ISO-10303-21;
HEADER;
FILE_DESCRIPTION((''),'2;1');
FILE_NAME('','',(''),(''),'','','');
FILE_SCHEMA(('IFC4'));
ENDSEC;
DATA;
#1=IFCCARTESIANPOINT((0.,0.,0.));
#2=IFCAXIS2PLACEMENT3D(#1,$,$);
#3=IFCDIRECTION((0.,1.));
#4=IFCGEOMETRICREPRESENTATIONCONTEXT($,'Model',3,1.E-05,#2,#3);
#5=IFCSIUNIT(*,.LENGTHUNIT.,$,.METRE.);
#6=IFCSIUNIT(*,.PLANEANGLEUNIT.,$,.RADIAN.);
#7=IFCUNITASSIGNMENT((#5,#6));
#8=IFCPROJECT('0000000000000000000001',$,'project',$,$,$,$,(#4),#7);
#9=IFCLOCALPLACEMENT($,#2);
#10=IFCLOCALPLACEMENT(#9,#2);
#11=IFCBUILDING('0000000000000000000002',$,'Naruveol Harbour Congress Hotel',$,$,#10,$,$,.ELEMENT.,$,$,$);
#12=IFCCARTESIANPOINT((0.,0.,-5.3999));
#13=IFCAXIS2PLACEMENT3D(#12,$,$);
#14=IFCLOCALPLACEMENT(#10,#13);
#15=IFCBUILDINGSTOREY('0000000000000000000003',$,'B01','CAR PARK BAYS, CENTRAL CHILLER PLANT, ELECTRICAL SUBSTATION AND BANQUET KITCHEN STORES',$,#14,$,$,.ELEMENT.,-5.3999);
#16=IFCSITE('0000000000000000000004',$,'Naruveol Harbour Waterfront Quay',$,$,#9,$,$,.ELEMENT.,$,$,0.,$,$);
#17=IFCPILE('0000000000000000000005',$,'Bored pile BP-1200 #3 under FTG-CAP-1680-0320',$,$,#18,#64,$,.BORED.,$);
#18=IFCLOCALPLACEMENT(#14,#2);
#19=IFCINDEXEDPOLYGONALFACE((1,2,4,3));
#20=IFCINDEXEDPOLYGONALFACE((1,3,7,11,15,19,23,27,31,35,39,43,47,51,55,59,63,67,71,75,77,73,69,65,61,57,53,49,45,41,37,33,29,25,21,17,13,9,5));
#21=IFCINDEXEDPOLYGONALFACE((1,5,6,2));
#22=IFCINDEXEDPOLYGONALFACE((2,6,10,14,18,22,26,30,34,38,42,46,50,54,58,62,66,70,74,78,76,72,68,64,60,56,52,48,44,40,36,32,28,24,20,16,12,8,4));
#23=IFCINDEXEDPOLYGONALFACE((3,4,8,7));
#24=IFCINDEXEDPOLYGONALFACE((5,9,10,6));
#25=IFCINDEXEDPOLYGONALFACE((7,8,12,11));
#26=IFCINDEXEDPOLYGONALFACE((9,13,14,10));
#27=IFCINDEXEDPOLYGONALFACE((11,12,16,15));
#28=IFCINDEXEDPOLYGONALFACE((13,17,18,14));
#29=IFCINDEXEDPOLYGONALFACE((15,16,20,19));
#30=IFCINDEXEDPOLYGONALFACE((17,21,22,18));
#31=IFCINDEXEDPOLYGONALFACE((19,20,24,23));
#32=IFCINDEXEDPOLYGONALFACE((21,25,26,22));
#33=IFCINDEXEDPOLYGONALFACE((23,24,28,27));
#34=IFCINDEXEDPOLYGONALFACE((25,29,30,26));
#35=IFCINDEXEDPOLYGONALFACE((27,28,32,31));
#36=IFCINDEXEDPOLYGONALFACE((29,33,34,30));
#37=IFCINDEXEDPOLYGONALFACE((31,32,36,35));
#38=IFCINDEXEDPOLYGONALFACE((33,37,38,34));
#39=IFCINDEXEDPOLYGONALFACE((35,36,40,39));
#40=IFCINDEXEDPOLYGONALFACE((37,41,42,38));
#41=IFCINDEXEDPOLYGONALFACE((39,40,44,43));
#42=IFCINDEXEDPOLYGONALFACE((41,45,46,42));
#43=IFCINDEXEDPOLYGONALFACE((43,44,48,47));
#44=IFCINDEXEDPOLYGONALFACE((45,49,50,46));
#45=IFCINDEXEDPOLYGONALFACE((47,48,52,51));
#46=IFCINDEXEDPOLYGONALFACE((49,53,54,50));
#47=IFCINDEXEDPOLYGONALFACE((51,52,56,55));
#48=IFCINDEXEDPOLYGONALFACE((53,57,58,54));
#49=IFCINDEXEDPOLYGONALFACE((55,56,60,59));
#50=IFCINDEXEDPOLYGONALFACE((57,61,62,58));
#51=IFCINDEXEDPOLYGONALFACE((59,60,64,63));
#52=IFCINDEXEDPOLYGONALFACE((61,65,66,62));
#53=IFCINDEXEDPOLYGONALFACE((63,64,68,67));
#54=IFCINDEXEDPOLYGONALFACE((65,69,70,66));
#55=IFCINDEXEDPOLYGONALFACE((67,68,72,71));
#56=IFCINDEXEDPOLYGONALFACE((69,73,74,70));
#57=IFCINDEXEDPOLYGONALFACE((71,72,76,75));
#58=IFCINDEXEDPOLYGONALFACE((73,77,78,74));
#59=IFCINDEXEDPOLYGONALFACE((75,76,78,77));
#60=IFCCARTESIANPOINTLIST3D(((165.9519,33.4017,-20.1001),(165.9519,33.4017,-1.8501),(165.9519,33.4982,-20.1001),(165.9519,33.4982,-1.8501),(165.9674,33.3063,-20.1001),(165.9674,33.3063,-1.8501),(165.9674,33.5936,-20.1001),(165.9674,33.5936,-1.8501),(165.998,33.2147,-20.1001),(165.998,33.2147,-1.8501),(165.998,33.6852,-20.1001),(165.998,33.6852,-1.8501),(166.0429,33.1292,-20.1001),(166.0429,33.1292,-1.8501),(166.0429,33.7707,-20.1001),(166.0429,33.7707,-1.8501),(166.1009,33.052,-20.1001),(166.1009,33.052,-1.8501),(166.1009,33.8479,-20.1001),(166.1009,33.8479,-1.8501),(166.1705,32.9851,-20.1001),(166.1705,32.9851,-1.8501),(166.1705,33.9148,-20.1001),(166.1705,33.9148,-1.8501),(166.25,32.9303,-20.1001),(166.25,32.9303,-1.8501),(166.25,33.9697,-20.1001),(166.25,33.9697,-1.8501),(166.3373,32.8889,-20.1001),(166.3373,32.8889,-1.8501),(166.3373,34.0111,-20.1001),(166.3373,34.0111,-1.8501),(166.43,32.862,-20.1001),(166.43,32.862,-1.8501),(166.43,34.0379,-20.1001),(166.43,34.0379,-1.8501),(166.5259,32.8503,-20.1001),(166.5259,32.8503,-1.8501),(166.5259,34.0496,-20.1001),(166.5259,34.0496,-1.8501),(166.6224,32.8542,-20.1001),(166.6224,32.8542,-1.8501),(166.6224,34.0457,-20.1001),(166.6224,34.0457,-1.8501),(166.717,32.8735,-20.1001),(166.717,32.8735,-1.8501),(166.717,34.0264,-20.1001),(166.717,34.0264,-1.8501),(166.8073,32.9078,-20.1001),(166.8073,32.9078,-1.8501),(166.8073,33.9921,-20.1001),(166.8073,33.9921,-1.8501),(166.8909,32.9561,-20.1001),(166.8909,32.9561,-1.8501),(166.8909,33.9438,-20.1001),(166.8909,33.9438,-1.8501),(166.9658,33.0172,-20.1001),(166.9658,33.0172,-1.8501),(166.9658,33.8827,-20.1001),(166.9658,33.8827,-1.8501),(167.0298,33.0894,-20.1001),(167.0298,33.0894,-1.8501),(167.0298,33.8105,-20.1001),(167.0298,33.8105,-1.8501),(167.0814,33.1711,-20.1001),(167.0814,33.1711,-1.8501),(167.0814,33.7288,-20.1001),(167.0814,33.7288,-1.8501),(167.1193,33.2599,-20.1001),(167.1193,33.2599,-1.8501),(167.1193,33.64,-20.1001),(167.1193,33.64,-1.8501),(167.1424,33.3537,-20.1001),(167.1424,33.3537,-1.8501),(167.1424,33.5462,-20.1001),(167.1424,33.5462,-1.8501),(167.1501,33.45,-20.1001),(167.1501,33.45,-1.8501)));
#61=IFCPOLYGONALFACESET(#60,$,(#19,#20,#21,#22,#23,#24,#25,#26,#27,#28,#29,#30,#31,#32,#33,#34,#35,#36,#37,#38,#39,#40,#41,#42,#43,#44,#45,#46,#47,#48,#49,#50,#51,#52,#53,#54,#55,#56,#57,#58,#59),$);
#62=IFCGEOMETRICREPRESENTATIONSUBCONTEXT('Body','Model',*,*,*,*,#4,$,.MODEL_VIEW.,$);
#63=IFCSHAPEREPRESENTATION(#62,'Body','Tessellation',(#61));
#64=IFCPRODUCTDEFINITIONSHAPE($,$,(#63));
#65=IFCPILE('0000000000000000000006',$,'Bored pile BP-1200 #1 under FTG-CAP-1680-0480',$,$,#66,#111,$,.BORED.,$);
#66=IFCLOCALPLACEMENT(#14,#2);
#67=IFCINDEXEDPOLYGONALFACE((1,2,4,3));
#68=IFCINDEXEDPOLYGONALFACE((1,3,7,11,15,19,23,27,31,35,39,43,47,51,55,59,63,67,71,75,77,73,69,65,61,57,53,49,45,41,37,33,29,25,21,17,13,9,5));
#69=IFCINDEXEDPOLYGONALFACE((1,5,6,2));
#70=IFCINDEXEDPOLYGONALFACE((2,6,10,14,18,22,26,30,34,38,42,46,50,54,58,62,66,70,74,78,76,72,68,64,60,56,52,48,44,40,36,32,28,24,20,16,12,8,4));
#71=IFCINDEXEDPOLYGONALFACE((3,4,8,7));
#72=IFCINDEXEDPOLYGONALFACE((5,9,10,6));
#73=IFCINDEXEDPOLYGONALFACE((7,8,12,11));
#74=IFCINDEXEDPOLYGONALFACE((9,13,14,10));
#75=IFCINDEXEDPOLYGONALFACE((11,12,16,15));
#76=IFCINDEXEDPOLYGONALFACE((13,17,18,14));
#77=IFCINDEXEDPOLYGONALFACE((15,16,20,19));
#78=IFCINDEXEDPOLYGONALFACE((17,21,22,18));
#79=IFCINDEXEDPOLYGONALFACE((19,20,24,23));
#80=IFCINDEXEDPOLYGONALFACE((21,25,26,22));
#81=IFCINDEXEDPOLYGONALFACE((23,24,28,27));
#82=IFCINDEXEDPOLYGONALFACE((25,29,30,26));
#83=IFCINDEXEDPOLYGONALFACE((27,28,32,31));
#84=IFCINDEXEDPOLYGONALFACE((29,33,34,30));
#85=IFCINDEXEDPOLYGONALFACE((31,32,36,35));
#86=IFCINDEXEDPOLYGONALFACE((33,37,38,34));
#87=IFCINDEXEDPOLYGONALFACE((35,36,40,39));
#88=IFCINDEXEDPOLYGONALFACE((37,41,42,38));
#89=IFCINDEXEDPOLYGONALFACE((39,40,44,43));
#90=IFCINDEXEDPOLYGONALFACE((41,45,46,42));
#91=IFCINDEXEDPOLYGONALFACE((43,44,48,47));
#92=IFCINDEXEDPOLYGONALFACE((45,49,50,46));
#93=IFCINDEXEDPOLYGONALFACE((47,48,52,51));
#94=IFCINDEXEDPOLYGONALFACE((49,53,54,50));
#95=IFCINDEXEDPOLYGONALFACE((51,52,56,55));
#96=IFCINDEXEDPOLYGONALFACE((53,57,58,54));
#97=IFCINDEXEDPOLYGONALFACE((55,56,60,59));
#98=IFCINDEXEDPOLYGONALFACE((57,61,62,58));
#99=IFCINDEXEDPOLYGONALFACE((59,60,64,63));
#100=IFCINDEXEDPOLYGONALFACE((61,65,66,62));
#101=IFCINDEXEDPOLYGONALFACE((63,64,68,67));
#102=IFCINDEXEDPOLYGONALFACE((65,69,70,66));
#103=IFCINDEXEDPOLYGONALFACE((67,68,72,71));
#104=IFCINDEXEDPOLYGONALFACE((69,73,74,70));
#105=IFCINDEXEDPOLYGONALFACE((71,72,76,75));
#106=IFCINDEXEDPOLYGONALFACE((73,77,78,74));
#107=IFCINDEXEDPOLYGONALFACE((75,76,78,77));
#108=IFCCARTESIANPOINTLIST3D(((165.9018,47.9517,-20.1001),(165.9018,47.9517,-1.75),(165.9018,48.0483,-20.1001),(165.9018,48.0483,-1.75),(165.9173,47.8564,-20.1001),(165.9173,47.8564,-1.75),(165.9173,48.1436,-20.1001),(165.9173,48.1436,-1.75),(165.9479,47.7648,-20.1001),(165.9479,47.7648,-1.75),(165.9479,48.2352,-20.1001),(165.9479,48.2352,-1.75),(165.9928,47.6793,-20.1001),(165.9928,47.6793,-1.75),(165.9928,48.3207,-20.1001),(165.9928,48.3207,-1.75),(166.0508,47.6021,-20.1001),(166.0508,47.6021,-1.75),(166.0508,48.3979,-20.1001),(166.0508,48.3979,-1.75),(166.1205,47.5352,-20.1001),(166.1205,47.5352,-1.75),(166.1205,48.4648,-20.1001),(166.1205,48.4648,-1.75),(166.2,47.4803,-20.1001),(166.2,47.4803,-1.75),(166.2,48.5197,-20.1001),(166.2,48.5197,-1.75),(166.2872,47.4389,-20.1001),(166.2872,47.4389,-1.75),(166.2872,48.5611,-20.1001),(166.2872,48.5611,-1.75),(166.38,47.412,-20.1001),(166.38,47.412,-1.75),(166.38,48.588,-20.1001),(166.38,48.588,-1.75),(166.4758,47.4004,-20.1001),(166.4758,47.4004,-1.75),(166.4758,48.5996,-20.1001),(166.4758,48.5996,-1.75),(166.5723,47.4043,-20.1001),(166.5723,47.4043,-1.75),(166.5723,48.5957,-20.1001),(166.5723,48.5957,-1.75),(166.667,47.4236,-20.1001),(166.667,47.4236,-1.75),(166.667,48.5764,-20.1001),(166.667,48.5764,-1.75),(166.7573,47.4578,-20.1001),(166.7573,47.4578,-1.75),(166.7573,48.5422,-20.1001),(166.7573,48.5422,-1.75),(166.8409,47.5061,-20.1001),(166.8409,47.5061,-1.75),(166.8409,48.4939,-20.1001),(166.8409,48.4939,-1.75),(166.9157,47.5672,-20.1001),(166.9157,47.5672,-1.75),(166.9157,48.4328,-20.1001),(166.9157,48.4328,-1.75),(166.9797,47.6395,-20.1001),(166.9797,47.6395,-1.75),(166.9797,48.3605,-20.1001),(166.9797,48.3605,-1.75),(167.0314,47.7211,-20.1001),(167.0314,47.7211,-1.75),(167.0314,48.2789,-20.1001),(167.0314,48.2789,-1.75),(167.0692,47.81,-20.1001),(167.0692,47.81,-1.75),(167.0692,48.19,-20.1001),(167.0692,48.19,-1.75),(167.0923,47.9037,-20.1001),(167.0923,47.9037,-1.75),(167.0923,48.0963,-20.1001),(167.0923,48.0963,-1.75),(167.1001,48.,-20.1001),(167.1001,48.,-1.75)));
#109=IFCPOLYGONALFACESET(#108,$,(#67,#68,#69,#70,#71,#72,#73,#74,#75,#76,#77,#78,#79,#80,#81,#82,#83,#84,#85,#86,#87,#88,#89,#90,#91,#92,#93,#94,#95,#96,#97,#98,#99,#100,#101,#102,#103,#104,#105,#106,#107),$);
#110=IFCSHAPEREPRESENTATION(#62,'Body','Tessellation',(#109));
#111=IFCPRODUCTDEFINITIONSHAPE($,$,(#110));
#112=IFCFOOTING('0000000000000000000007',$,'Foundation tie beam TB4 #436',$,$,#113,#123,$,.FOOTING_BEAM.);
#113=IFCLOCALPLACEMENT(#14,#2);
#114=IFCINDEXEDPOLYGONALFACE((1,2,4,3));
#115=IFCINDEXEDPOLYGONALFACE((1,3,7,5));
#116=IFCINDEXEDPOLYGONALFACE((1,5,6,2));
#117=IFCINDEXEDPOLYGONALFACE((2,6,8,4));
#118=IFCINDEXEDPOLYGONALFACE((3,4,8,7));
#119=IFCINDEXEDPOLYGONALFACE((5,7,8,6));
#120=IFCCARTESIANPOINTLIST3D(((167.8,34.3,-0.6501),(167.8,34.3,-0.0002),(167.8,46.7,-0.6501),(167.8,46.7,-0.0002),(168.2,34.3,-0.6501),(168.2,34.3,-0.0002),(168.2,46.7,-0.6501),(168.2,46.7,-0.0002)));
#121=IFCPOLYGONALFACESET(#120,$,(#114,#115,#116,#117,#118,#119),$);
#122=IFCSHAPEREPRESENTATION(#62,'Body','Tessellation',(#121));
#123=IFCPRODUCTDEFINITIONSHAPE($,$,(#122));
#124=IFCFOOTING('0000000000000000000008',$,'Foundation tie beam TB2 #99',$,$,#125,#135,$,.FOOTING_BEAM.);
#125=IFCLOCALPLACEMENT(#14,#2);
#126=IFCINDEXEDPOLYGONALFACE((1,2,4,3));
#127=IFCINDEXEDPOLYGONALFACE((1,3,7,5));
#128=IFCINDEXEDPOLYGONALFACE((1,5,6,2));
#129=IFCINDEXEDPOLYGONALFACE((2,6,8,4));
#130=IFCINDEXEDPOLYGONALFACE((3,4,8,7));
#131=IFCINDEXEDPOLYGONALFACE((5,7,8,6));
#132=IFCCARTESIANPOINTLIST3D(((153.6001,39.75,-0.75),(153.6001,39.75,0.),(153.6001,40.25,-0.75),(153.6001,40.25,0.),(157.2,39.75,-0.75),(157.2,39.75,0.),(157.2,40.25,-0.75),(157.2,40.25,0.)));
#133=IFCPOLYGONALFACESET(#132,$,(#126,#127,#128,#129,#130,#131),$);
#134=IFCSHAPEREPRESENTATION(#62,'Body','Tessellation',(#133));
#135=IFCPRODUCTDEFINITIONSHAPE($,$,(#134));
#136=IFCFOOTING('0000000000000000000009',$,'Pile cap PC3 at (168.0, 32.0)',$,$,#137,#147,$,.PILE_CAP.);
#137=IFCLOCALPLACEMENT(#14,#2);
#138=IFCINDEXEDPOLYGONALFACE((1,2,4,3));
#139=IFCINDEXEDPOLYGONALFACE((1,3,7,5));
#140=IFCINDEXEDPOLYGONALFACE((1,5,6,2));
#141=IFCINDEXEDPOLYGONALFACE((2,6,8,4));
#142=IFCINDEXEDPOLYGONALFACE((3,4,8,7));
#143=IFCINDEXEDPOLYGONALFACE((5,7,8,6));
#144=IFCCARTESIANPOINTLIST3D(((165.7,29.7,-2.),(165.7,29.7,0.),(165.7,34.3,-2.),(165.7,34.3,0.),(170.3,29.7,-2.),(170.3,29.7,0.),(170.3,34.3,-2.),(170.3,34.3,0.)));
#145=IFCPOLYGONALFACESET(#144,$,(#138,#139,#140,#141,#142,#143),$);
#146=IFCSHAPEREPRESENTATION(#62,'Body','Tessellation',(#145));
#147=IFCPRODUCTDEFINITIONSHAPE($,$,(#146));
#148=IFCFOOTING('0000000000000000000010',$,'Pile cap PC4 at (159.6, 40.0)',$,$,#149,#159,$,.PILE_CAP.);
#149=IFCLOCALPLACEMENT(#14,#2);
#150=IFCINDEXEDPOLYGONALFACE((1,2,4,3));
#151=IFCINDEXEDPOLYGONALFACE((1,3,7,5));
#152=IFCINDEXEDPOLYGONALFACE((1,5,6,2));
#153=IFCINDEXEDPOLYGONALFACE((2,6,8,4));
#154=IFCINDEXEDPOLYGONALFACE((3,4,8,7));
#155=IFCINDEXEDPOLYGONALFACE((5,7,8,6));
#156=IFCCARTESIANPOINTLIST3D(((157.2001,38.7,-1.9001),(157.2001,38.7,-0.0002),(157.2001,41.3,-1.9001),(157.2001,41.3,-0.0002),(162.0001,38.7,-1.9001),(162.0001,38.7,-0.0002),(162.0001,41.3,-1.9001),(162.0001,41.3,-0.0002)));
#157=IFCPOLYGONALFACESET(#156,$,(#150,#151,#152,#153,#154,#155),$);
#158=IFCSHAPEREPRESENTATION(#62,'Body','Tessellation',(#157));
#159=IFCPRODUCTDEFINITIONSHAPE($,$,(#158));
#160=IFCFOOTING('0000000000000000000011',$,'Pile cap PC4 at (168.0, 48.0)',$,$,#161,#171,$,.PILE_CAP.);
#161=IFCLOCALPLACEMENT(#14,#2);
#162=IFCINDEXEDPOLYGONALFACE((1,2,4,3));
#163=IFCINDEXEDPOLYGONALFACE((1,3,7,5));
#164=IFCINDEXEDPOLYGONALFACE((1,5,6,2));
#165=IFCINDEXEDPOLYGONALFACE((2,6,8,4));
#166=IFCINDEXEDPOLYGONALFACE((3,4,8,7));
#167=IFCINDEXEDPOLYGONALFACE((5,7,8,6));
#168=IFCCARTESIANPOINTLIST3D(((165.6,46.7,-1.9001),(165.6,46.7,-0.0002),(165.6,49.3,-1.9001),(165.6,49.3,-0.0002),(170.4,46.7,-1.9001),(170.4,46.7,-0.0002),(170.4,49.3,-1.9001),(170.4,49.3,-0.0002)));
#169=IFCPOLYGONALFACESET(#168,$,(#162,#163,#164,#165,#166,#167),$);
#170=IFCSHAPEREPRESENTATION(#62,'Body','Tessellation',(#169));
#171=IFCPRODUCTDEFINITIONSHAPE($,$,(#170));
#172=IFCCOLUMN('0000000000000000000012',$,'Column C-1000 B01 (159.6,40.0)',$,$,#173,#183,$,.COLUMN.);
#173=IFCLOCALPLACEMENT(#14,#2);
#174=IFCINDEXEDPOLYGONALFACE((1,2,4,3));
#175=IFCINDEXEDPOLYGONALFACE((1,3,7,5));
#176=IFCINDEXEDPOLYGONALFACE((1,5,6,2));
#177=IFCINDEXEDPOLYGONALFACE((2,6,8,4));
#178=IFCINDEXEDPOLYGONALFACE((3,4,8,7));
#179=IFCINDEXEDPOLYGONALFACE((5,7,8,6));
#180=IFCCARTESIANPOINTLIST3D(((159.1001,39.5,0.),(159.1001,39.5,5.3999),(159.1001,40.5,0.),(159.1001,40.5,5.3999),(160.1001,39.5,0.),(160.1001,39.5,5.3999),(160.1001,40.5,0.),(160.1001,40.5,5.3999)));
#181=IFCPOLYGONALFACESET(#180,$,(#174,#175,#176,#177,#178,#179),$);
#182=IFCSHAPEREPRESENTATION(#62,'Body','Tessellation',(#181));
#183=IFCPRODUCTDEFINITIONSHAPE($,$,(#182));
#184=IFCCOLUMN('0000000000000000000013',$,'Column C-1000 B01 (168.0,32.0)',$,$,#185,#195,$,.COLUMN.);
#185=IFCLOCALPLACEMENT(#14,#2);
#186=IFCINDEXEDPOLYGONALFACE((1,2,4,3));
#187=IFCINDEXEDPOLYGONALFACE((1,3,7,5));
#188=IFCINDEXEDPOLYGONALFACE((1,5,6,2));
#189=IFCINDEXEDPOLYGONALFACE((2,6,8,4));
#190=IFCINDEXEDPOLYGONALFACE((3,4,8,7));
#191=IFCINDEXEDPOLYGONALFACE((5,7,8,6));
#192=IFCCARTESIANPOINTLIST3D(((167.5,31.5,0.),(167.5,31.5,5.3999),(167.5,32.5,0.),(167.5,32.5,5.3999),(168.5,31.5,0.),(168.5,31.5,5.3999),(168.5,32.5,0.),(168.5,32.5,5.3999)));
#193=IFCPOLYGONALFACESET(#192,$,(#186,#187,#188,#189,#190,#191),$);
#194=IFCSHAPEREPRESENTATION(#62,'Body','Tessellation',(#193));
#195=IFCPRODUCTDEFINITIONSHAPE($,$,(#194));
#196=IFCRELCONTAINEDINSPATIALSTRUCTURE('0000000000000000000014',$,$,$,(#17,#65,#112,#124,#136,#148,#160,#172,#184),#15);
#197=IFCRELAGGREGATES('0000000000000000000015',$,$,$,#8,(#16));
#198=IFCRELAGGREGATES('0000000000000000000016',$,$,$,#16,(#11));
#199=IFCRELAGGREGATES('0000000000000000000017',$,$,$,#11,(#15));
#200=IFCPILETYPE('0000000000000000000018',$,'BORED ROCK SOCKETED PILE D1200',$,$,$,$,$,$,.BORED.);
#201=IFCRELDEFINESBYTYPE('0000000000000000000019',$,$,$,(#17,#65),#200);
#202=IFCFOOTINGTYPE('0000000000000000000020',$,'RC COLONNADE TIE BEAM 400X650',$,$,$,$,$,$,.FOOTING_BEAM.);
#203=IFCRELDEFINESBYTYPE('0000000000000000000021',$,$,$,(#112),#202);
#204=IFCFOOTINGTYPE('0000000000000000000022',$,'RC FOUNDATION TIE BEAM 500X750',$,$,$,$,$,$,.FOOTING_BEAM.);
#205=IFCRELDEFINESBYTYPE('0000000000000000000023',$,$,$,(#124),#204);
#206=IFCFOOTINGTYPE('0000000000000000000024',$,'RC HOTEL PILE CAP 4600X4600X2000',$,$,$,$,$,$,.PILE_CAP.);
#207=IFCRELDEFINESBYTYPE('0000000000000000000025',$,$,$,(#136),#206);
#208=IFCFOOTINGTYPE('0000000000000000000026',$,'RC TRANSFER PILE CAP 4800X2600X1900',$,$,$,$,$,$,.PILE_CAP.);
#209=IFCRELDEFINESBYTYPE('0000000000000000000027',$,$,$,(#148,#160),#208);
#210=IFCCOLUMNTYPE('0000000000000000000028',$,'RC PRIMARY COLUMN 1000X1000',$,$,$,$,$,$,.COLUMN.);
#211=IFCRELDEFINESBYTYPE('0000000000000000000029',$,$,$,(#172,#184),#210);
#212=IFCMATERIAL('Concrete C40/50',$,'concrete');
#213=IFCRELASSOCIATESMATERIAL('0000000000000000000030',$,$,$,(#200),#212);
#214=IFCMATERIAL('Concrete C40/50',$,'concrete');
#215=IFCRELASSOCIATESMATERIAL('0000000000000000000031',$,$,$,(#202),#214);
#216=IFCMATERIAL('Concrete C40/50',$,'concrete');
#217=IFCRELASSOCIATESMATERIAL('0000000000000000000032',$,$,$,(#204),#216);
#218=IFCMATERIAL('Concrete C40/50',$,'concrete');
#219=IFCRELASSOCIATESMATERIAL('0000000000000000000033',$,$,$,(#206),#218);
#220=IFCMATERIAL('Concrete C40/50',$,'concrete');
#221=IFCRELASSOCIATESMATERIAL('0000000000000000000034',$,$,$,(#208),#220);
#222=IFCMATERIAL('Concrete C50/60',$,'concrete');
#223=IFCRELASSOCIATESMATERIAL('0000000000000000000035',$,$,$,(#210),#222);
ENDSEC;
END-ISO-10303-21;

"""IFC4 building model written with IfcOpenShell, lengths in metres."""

from ifc_helpers import new_model, si_unit, direction, frame, origin, origin_2d, place, context, subcontext, project, spatial, rectangle, circle, extrude, material, material_profile, profile_set, type_object, element, save


model = new_model("IFC4")

# Units and contexts
model_context = context("Model", 3, precision=1e-05, world=origin(), true_north=direction((0.0, 1.0)))
body_context = subcontext(model_context, "Body", "Model", "MODEL_VIEW")
ifc_project = project(units=[si_unit("LENGTHUNIT", "METRE"), si_unit("PLANEANGLEUNIT", "RADIAN")], contexts=[model_context])

# Site, building, storey
site_placement = place(None, origin())
site = spatial("IfcSite", under=ifc_project, at=site_placement, Name="Naruveol Harbour Waterfront Quay", CompositionType="ELEMENT", RefElevation=0.0)
building_placement = place(site_placement, origin())
building = spatial("IfcBuilding", under=site, at=building_placement, Name="Naruveol Harbour Congress Hotel", CompositionType="ELEMENT")
storey_placement = place(building_placement, frame((0.0, 0.0, -5.3999)))
storey = spatial("IfcBuildingStorey", under=building, at=storey_placement, Name="B01", Description="CAR PARK BAYS, CENTRAL CHILLER PLANT, ELECTRICAL SUBSTATION AND BANQUET KITCHEN STORES", CompositionType="ELEMENT", Elevation=-5.3999)

# Piles
ifc_material_1 = material(Name="Concrete C40/50", Category="concrete")
ifc_material_profile_1 = material_profile(ifc_material_1, circle(Radius=0.6001, at=origin_2d()), Name="BP-1200")
ifc_profile_set_1 = profile_set([ifc_material_profile_1], Name="Concrete C40/50")
pile_type = type_object("IfcPileType", Name="BORED ROCK SOCKETED PILE D1200", PredefinedType="BORED", material=ifc_profile_set_1)
for number, where, z_axis, x_axis, name in (
    (1, (166.55, 33.45, -1.8501), (0.0, 0.0, -1.0), (1.0, 0.0, 0.0), "Bored pile BP-1200 #3 under FTG-CAP-1680-0320"),
):
    element("IfcPile", number, at=place(storey_placement, frame(where, z_axis=z_axis, x_axis=x_axis)), inside=storey, type_object=pile_type, Name=name, PredefinedType="BORED", context=body_context, shape_type="SweptSolid", body=[
        extrude(circle(Radius=0.6001, at=origin_2d()), origin(), (0.0, 0.0, 1.0), 18.25),
    ])
pile_placement = place(storey_placement, frame((166.5, 48.0, -1.75), z_axis=(0.0, 0.0, -1.0), x_axis=(1.0, 0.0, 0.0)))
element("IfcPile", 2, at=pile_placement, inside=storey, type_object=pile_type, Name="Bored pile BP-1200 #1 under FTG-CAP-1680-0480", PredefinedType="BORED", context=body_context, shape_type="SweptSolid", body=[
    extrude(circle(Radius=0.6001, at=origin_2d()), origin(), (0.0, 0.0, 1.0), 18.3501),
])

# Footings
ifc_material_2 = material(Name="Concrete C40/50", Category="concrete")
ifc_material_profile_2 = material_profile(ifc_material_2, rectangle(XDim=0.3999, YDim=0.6499, at=origin_2d()), Name="RCB-400x650")
ifc_profile_set_2 = profile_set([ifc_material_profile_2], Name="Concrete C40/50")
footing_type_1 = type_object("IfcFootingType", Name="RC COLONNADE TIE BEAM 400X650", PredefinedType="FOOTING_BEAM", material=ifc_profile_set_2)
footing_1_placement = place(storey_placement, frame((168.0, 34.3, -0.3252), z_axis=(0.0, 1.0, 0.0), x_axis=(-1.0, 0.0, 0.0)))
element("IfcFooting", 3, at=footing_1_placement, inside=storey, type_object=footing_type_1, Name="Foundation tie beam TB4 #436", PredefinedType="FOOTING_BEAM", context=body_context, shape_type="SweptSolid", body=[
    extrude(rectangle(XDim=0.3999, YDim=0.6499, at=origin_2d()), origin(), (0.0, 0.0, 1.0), 12.3999),
])
ifc_material_3 = material(Name="Concrete C40/50", Category="concrete")
ifc_material_profile_3 = material_profile(ifc_material_3, rectangle(XDim=0.5, YDim=0.75, at=origin_2d()), Name="RCB-500x750")
ifc_profile_set_3 = profile_set([ifc_material_profile_3], Name="Concrete C40/50")
footing_type_2 = type_object("IfcFootingType", Name="RC FOUNDATION TIE BEAM 500X750", PredefinedType="FOOTING_BEAM", material=ifc_profile_set_3)
footing_2_placement = place(storey_placement, frame((153.6001, 40.0, -0.375), z_axis=(1.0, 0.0, 0.0), x_axis=(0.0, 1.0, 0.0)))
element("IfcFooting", 4, at=footing_2_placement, inside=storey, type_object=footing_type_2, Name="Foundation tie beam TB2 #99", PredefinedType="FOOTING_BEAM", context=body_context, shape_type="SweptSolid", body=[
    extrude(rectangle(XDim=0.5, YDim=0.75, at=origin_2d()), origin(), (0.0, 0.0, 1.0), 3.5999),
])
ifc_material_4 = material(Name="Concrete C40/50", Category="concrete")
footing_type_3 = type_object("IfcFootingType", Name="RC HOTEL PILE CAP 4600X4600X2000", PredefinedType="PILE_CAP", material=ifc_material_4)
footing_3_placement = place(storey_placement, frame((168.0, 32.0, -2.0), z_axis=(0.0, 0.0, 1.0), x_axis=(1.0, 0.0, 0.0)))
element("IfcFooting", 5, at=footing_3_placement, inside=storey, type_object=footing_type_3, Name="Pile cap PC3 at (168.0, 32.0)", PredefinedType="PILE_CAP", context=body_context, shape_type="SweptSolid", body=[
    extrude(rectangle(XDim=4.6001, YDim=4.6001, at=origin_2d()), origin(), (0.0, 0.0, 1.0), 2.0),
])
ifc_material_5 = material(Name="Concrete C40/50", Category="concrete")
footing_type_4 = type_object("IfcFootingType", Name="RC TRANSFER PILE CAP 4800X2600X1900", PredefinedType="PILE_CAP", material=ifc_material_5)
for number, where, z_axis, x_axis, name in (
    (6, (159.6001, 40.0, -1.9001), (0.0, 0.0, 1.0), (1.0, 0.0, 0.0), "Pile cap PC4 at (159.6, 40.0)"),
    (7, (168.0, 48.0, -1.9001), (0.0, 0.0, 1.0), (1.0, 0.0, 0.0), "Pile cap PC4 at (168.0, 48.0)"),
):
    element("IfcFooting", number, at=place(storey_placement, frame(where, z_axis=z_axis, x_axis=x_axis)), inside=storey, type_object=footing_type_4, Name=name, PredefinedType="PILE_CAP", context=body_context, shape_type="SweptSolid", body=[
        extrude(rectangle(XDim=4.8, YDim=2.6001, at=origin_2d()), origin(), (0.0, 0.0, 1.0), 1.8999),
    ])

# Columns
ifc_material_6 = material(Name="Concrete C50/60", Category="concrete")
ifc_material_profile_4 = material_profile(ifc_material_6, rectangle(XDim=1.0, YDim=1.0, at=origin_2d()), Name="RC-1000x1000")
ifc_profile_set_4 = profile_set([ifc_material_profile_4], Name="Concrete C50/60")
column_type = type_object("IfcColumnType", Name="RC PRIMARY COLUMN 1000X1000", PredefinedType="COLUMN", material=ifc_profile_set_4)
for number, where, z_axis, x_axis, name in (
    (8, (159.6001, 40.0, 0.0), (0.0, 0.0, 1.0), (1.0, 0.0, 0.0), "Column C-1000 B01 (159.6,40.0)"),
    (9, (168.0, 32.0, 0.0), (0.0, 0.0, 1.0), (1.0, 0.0, 0.0), "Column C-1000 B01 (168.0,32.0)"),
):
    element("IfcColumn", number, at=place(storey_placement, frame(where, z_axis=z_axis, x_axis=x_axis)), inside=storey, type_object=column_type, Name=name, PredefinedType="COLUMN", context=body_context, shape_type="SweptSolid", body=[
        extrude(rectangle(XDim=1.0, YDim=1.0, at=origin_2d()), origin(), (0.0, 0.0, 1.0), 5.3999),
    ])

save(model, "model.ifc")
